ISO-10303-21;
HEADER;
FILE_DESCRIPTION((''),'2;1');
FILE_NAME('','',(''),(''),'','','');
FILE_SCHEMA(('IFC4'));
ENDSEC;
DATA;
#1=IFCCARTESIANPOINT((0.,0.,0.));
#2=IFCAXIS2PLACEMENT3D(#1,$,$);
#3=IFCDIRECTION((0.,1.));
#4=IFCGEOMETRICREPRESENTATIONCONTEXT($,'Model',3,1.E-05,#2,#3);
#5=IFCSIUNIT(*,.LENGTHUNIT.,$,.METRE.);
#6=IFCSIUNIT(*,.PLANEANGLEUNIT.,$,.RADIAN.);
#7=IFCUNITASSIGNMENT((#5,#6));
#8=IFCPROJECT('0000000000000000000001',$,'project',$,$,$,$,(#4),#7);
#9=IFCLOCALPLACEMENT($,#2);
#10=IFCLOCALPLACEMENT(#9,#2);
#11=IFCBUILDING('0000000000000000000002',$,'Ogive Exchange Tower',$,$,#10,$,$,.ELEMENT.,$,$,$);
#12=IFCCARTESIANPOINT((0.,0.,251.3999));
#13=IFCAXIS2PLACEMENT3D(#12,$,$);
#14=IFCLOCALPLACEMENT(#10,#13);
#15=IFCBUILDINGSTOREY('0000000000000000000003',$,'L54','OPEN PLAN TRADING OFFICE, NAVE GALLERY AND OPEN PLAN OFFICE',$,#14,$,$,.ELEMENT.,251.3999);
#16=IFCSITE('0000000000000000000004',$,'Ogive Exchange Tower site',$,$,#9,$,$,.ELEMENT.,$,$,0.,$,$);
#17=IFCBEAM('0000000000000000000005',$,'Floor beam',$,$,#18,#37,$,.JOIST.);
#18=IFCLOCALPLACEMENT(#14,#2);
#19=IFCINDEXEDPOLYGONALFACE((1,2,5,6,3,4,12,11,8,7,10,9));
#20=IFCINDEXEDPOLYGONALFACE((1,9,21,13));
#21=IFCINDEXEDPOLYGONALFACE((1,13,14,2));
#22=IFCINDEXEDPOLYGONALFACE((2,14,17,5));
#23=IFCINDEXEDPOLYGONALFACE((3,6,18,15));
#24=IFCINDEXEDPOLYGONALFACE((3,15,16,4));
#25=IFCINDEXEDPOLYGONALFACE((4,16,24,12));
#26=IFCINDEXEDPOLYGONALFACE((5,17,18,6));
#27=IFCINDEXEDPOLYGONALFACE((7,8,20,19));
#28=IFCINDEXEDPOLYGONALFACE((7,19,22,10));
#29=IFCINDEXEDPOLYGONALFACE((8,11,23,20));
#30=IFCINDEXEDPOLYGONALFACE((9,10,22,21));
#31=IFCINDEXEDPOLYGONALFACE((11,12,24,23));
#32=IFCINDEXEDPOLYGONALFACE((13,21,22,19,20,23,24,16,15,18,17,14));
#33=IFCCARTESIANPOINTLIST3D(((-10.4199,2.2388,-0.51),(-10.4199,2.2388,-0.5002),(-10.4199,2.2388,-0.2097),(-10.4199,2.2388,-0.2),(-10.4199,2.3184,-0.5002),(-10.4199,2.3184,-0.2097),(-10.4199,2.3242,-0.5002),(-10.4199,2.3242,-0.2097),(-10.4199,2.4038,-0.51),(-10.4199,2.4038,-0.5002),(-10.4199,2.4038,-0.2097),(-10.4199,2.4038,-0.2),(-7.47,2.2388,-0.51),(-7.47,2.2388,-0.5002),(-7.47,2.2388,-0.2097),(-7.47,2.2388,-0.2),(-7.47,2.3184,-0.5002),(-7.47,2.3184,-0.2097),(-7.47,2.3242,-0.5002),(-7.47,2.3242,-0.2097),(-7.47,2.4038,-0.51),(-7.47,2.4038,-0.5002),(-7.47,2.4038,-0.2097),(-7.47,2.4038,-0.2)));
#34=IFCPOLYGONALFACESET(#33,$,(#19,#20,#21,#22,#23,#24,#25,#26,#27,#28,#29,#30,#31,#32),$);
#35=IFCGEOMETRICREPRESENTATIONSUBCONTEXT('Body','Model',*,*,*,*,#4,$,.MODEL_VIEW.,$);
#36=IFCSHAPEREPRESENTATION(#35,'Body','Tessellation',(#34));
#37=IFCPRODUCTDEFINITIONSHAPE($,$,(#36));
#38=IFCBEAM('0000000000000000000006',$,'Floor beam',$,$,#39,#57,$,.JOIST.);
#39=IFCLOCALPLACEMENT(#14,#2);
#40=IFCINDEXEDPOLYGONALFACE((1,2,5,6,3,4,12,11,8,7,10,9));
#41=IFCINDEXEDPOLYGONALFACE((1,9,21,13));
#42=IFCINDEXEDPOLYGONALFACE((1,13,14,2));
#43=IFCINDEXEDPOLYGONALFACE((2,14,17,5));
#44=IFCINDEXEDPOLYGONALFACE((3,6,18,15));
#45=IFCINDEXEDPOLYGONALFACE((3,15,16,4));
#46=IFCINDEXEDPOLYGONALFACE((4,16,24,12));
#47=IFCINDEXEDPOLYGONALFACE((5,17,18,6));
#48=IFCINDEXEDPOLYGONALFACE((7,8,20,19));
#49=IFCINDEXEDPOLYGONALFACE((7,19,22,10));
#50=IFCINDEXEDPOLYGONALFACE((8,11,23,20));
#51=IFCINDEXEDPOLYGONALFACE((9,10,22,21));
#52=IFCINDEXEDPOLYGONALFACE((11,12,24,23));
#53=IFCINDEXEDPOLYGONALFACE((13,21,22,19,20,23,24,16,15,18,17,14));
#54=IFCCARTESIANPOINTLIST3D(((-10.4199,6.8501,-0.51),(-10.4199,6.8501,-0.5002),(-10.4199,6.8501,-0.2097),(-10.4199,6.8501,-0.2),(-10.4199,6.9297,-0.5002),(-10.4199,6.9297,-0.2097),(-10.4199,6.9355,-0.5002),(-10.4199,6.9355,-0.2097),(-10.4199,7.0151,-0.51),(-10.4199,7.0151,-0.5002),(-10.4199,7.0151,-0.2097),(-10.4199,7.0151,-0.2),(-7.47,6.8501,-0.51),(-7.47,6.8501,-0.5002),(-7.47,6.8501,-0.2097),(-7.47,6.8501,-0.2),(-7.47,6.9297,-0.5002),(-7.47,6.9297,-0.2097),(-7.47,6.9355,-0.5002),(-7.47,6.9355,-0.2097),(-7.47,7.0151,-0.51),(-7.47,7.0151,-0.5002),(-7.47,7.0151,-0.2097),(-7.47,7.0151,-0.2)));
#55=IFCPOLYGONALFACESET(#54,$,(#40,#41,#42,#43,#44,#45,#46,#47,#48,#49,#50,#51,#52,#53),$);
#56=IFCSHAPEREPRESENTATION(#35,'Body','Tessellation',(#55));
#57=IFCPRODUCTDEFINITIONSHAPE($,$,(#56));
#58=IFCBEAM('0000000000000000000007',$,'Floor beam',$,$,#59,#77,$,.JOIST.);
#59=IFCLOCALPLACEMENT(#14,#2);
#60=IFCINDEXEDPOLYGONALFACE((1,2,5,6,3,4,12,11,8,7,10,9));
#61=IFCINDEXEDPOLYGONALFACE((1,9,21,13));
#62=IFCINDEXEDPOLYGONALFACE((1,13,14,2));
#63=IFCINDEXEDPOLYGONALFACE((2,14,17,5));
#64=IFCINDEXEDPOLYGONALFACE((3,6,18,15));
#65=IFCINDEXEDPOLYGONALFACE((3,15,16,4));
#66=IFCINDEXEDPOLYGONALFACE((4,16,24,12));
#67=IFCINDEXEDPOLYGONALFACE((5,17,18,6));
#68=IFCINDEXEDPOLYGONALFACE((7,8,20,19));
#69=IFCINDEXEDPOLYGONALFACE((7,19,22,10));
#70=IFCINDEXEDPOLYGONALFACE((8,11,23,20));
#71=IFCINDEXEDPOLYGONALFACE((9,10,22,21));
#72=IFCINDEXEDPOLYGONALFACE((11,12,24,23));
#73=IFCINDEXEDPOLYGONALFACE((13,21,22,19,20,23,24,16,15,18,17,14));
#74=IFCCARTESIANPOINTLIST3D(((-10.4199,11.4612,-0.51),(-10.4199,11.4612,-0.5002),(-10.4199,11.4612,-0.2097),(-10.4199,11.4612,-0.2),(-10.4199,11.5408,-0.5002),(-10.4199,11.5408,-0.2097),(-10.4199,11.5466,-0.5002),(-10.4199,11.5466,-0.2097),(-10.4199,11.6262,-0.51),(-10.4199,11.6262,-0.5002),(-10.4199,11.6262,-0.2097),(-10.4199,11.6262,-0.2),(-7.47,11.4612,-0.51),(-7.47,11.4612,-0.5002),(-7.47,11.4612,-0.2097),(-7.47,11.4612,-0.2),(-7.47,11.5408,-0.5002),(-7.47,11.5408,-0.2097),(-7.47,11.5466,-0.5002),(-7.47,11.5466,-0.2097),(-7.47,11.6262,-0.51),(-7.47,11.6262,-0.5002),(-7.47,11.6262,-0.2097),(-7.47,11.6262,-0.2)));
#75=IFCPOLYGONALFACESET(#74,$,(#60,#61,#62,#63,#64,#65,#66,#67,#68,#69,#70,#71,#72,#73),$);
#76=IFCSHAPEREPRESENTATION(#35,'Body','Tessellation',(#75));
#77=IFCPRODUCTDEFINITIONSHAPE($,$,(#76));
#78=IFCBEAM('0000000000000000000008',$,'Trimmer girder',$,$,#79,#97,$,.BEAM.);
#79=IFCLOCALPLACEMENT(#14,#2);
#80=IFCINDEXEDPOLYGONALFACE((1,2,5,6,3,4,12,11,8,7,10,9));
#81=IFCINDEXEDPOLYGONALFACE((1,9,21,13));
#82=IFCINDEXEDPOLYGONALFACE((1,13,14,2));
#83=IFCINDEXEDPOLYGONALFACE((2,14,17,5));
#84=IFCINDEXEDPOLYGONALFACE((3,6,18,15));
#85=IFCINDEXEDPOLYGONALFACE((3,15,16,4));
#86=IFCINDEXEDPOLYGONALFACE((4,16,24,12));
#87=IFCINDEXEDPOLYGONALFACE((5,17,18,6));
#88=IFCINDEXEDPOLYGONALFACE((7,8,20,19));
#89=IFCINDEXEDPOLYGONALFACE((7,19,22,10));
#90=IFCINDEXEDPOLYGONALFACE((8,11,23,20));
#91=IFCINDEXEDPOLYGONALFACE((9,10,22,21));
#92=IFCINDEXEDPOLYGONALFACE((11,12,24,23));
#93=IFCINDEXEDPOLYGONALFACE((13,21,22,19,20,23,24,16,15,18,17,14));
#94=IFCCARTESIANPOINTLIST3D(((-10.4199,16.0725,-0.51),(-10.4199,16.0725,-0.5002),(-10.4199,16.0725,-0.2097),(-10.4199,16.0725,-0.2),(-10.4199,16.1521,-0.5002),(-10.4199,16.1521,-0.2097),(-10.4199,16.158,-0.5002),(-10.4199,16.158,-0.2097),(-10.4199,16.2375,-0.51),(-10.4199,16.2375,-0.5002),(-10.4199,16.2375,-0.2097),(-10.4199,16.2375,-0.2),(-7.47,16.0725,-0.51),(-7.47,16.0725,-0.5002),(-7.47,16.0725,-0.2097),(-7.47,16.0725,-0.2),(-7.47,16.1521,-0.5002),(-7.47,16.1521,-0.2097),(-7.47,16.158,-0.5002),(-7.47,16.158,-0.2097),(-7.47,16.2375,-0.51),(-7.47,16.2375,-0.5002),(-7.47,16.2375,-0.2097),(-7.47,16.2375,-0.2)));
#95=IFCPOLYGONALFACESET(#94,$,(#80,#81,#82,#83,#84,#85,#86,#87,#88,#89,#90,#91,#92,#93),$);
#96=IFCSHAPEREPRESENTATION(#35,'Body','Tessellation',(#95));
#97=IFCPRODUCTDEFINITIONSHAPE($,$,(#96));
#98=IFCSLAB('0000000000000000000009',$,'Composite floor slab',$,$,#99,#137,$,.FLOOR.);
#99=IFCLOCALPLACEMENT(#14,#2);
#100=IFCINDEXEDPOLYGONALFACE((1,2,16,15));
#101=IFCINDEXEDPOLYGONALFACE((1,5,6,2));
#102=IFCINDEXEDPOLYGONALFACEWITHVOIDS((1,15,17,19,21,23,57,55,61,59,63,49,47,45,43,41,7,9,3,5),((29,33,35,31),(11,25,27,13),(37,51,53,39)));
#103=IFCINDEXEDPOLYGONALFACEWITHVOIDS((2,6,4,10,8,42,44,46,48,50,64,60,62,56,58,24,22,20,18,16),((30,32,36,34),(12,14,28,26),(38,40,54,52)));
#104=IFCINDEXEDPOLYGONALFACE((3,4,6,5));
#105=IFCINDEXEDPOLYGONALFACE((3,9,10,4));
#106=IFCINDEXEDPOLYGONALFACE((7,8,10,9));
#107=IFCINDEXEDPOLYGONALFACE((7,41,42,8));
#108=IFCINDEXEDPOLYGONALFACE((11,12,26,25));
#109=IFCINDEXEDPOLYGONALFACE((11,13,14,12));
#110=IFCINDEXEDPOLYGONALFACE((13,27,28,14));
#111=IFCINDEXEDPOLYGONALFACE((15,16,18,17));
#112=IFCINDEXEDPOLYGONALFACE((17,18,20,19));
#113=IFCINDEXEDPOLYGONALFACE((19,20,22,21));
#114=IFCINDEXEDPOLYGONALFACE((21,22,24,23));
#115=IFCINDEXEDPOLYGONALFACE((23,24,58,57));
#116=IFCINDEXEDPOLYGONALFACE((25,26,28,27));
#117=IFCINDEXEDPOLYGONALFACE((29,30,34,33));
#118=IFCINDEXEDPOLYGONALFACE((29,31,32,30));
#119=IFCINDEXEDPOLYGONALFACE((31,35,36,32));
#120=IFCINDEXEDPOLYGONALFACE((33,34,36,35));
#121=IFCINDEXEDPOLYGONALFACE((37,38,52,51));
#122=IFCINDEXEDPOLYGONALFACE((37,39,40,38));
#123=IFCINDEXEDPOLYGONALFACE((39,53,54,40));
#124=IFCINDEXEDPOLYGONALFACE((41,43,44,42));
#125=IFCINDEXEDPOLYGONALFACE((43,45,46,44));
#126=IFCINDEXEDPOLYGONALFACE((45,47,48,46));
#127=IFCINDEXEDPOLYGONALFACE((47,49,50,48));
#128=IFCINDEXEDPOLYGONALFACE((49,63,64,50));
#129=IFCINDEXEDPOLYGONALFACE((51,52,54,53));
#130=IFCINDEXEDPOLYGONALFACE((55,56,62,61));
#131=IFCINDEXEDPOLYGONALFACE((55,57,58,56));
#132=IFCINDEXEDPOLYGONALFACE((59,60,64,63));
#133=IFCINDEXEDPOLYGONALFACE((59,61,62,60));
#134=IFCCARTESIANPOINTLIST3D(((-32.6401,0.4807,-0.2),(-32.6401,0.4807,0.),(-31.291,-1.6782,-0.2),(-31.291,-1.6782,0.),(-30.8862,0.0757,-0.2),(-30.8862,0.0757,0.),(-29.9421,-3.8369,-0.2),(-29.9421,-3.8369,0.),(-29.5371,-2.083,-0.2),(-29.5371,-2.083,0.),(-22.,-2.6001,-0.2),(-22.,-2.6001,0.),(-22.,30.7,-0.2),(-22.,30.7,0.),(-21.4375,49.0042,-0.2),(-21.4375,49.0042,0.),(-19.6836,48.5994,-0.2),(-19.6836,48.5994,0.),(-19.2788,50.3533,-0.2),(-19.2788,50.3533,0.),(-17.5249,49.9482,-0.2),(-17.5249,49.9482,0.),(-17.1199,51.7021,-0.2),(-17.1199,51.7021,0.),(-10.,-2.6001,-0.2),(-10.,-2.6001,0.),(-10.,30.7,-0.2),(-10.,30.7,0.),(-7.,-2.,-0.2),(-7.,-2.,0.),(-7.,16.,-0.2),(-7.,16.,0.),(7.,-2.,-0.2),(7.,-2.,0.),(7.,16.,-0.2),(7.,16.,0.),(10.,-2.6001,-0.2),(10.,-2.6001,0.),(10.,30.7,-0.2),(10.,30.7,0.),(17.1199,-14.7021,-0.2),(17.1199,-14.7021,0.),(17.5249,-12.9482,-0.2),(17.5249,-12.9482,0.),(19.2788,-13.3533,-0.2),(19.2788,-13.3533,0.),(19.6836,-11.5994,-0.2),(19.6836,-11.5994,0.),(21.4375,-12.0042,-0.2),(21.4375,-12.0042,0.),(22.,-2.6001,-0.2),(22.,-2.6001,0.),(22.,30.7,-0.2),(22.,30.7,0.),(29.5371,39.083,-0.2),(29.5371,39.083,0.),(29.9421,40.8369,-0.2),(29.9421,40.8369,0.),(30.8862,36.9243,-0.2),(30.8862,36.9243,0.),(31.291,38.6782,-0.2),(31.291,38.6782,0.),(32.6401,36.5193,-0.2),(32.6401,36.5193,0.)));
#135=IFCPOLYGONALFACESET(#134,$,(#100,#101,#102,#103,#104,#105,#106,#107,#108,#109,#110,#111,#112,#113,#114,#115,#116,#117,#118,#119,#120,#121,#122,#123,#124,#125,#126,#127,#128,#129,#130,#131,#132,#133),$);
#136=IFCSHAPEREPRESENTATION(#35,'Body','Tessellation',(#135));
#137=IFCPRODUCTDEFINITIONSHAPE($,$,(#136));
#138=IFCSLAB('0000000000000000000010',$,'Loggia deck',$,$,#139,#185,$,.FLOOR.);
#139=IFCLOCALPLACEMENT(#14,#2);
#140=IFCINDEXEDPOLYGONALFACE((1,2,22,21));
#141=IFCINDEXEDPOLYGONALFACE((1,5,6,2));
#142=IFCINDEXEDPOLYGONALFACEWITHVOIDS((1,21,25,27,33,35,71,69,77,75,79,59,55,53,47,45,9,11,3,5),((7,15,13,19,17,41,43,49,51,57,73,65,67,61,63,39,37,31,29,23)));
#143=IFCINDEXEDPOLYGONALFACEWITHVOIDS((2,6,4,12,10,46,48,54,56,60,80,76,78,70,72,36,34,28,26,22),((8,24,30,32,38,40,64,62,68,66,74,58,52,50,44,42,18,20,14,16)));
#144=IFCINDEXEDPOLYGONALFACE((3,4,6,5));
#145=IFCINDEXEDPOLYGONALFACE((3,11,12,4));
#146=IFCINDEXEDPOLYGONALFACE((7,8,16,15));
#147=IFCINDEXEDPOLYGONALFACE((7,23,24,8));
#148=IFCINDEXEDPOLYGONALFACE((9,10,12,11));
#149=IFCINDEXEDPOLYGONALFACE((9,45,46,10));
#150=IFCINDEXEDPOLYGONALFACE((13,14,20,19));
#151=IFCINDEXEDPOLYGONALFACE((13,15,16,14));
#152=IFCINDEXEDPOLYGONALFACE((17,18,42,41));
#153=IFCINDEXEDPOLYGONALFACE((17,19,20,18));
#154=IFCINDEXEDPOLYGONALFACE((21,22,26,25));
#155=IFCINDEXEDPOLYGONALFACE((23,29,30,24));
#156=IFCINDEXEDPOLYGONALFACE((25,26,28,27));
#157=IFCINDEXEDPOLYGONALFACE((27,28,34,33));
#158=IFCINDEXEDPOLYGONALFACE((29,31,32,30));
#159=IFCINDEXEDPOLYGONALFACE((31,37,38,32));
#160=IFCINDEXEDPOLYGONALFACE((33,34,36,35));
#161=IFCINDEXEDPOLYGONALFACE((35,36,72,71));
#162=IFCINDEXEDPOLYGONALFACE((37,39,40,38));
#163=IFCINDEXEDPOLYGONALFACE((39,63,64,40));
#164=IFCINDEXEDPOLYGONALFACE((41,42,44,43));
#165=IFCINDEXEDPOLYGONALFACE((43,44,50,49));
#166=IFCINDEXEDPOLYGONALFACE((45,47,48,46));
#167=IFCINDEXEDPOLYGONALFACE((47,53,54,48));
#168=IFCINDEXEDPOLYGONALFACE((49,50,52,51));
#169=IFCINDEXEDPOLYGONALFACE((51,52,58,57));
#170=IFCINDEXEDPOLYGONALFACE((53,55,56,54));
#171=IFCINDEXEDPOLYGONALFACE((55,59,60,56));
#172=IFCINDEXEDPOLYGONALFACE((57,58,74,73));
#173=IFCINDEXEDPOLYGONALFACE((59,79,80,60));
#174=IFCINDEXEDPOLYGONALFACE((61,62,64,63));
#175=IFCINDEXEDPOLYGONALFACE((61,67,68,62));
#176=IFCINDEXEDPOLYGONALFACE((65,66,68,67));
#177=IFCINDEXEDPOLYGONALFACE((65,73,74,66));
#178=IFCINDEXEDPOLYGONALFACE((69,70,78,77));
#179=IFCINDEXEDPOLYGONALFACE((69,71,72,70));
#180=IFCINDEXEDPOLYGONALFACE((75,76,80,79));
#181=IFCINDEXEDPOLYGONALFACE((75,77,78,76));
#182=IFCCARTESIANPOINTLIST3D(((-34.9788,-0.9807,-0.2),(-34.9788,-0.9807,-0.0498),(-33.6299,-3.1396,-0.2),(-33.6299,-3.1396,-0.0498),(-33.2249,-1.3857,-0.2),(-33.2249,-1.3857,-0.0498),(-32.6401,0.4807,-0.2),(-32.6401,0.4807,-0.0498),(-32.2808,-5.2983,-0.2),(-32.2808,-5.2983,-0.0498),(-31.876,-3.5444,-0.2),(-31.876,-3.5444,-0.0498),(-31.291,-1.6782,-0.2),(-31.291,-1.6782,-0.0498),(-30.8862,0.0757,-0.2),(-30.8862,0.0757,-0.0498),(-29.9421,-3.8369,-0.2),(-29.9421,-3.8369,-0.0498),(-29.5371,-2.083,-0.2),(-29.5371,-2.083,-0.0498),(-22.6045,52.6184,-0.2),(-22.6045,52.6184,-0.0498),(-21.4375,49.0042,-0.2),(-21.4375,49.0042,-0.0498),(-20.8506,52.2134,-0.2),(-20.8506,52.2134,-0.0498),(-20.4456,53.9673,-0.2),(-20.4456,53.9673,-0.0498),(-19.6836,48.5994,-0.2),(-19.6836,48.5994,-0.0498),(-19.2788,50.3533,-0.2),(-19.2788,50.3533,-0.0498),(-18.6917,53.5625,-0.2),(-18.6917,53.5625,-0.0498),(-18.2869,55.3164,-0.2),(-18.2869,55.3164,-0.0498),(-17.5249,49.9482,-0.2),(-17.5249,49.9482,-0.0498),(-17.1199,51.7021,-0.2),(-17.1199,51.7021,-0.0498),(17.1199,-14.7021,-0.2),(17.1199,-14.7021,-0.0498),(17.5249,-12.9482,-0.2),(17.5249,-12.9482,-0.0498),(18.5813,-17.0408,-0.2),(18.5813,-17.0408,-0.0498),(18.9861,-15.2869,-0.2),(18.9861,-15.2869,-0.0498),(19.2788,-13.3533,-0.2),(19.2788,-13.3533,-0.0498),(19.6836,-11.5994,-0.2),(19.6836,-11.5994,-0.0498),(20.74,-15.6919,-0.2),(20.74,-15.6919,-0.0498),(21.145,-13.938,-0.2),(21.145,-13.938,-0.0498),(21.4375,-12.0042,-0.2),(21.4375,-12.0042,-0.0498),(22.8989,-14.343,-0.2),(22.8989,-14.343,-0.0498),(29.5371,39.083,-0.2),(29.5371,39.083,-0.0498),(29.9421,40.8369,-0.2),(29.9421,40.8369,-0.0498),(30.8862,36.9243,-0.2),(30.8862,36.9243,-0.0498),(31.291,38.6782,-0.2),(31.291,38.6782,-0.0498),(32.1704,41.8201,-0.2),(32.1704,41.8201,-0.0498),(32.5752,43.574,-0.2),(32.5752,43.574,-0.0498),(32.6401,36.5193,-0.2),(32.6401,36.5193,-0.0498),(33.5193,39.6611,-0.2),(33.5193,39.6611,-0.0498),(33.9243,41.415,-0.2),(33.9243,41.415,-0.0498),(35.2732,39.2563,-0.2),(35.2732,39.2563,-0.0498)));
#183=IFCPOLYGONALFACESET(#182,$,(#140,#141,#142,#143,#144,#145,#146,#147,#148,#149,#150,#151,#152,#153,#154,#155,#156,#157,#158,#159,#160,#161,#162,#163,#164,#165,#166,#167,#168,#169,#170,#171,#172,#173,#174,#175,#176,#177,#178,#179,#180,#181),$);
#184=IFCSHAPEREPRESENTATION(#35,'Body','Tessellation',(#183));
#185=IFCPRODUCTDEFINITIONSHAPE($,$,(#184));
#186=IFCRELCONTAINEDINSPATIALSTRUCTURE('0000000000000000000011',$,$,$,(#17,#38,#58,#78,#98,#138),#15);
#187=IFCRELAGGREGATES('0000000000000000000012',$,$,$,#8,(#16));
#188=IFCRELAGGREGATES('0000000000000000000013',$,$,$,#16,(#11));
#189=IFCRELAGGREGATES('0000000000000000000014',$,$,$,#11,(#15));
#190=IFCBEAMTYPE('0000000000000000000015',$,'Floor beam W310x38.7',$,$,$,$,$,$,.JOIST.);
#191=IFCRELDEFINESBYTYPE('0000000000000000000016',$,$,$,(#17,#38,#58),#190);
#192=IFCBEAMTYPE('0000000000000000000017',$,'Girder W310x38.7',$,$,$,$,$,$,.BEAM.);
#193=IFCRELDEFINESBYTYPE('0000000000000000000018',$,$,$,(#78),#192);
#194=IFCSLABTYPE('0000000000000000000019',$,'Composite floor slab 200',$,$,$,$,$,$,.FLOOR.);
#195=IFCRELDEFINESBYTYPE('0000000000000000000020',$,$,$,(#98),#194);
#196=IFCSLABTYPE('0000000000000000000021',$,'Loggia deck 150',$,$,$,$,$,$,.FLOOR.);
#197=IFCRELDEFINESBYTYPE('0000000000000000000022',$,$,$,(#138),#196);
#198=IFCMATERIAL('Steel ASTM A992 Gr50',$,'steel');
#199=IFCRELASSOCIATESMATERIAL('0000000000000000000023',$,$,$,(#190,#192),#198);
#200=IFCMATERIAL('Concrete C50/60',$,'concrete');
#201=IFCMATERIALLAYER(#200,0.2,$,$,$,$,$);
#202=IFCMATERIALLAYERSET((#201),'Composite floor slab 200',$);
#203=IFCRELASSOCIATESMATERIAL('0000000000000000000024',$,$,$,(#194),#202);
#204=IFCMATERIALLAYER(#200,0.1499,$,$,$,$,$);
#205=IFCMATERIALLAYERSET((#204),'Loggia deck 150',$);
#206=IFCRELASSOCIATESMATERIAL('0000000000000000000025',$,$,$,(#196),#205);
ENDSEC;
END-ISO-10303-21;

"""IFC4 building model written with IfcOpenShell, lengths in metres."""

from ifc_helpers import new_model, si_unit, direction, frame, origin, origin_2d, place, context, subcontext, project, spatial, polyline, i_section, outline, extrude, material, layer, layer_set, material_profile, profile_set, type_object, element, save


model = new_model("IFC4")

# Units and contexts
model_context = context("Model", 3, precision=1e-05, world=origin(), true_north=direction((0.0, 1.0)))
body_context = subcontext(model_context, "Body", "Model", "MODEL_VIEW")
ifc_project = project(units=[si_unit("LENGTHUNIT", "METRE"), si_unit("PLANEANGLEUNIT", "RADIAN")], contexts=[model_context])

# Site, building, storey
site_placement = place(None, origin())
site = spatial("IfcSite", under=ifc_project, at=site_placement, Name="Ogive Exchange Tower site", CompositionType="ELEMENT", RefElevation=0.0)
building_placement = place(site_placement, origin())
building = spatial("IfcBuilding", under=site, at=building_placement, Name="Ogive Exchange Tower", CompositionType="ELEMENT")
storey_placement = place(building_placement, frame((0.0, 0.0, 251.3999)))
storey = spatial("IfcBuildingStorey", under=building, at=storey_placement, Name="L54", Description="OPEN PLAN TRADING OFFICE, NAVE GALLERY AND OPEN PLAN OFFICE", CompositionType="ELEMENT", Elevation=251.3999)

# Beams
ifc_material_1 = material(Name="Steel ASTM A992 Gr50", Category="steel")
ifc_material_profile_1 = material_profile(ifc_material_1, i_section(OverallWidth=0.165, OverallDepth=0.3101, WebThickness=0.0059, FlangeThickness=0.0098, at=origin_2d()), Name="W310x38.7")
ifc_profile_set_1 = profile_set([ifc_material_profile_1], Name="Steel ASTM A992 Gr50")
beam_type_1 = type_object("IfcBeamType", Name="Floor beam W310x38.7", PredefinedType="JOIST", material=ifc_profile_set_1)
for number, where, z_axis, x_axis, name in (
    (1, (-10.4199, 2.3213, -0.355), (1.0, 0.0, 0.0), (0.0, 1.0, 0.0), "Floor beam"),
    (2, (-10.4199, 6.9326, -0.355), (1.0, 0.0, 0.0), (0.0, 1.0, 0.0), "Floor beam"),
    (3, (-10.4199, 11.5437, -0.355), (1.0, 0.0, 0.0), (0.0, 1.0, 0.0), "Floor beam"),
):
    element("IfcBeam", number, at=place(storey_placement, frame(where, z_axis=z_axis, x_axis=x_axis)), inside=storey, type_object=beam_type_1, Name=name, PredefinedType="JOIST", context=body_context, shape_type="SweptSolid", body=[
        extrude(i_section(OverallWidth=0.165, OverallDepth=0.3101, WebThickness=0.0059, FlangeThickness=0.0098, at=origin_2d()), origin(), (0.0, 0.0, 1.0), 2.95),
    ])
ifc_material_profile_2 = material_profile(ifc_material_1, i_section(OverallWidth=0.165, OverallDepth=0.3101, WebThickness=0.0059, FlangeThickness=0.0098, at=origin_2d()), Name="W310x38.7")
ifc_profile_set_2 = profile_set([ifc_material_profile_2], Name="Steel ASTM A992 Gr50")
beam_type_2 = type_object("IfcBeamType", Name="Girder W310x38.7", PredefinedType="BEAM", material=ifc_profile_set_2)
beam_placement = place(storey_placement, frame((-10.4199, 16.155, -0.355), z_axis=(1.0, 0.0, 0.0), x_axis=(0.0, 1.0, 0.0)))
element("IfcBeam", 4, at=beam_placement, inside=storey, type_object=beam_type_2, Name="Trimmer girder", PredefinedType="BEAM", context=body_context, shape_type="SweptSolid", body=[
    extrude(i_section(OverallWidth=0.165, OverallDepth=0.3101, WebThickness=0.0059, FlangeThickness=0.0098, at=origin_2d()), origin(), (0.0, 0.0, 1.0), 2.95),
])

# Slabs
ifc_material_2 = material(Name="Concrete C50/60", Category="concrete")
ifc_layer_1 = layer(ifc_material_2, 0.2)
ifc_layer_set_1 = layer_set([ifc_layer_1], Name="Composite floor slab 200")
slab_type_1 = type_object("IfcSlabType", Name="Composite floor slab 200", PredefinedType="FLOOR", material=ifc_layer_set_1)
slab_1_placement = place(storey_placement, frame((0.0, 0.0, -0.2)))
element("IfcSlab", 5, at=slab_1_placement, inside=storey, type_object=slab_type_1, Name="Composite floor slab", PredefinedType="FLOOR", context=body_context, shape_type="SweptSolid", body=[
    extrude(outline(polyline([(-29.5371, -2.083), (-31.291, -1.6782), (-30.8862, 0.0757), (-32.6401, 0.4807), (-21.4375, 49.0042), (-19.6836, 48.5994), (-19.2788, 50.3533), (-17.5249, 49.9482), (-17.1199, 51.7021), (29.9421, 40.8369), (29.5371, 39.083), (31.291, 38.6782), (30.8862, 36.9243), (32.6401, 36.5193), (21.4375, -12.0042), (19.6836, -11.5994), (19.2788, -13.3533), (17.5249, -12.9482), (17.1199, -14.7021), (-29.9421, -3.8369), (-29.5371, -2.083)]), holes=[polyline([(7.0, -2.0), (7.0, 16.0), (-7.0, 16.0), (-7.0, -2.0), (7.0, -2.0)]), polyline([(-22.0, -2.6001), (-10.0, -2.6001), (-10.0, 30.7), (-22.0, 30.7), (-22.0, -2.6001)]), polyline([(10.0, -2.6001), (22.0, -2.6001), (22.0, 30.7), (10.0, 30.7), (10.0, -2.6001)])]), origin(), (0.0, 0.0, 1.0), 0.2),
])
ifc_layer_2 = layer(ifc_material_2, 0.1499)
ifc_layer_set_2 = layer_set([ifc_layer_2], Name="Loggia deck 150")
slab_type_2 = type_object("IfcSlabType", Name="Loggia deck 150", PredefinedType="FLOOR", material=ifc_layer_set_2)
slab_2_placement = place(storey_placement, frame((0.0, 0.0, -0.2)))
element("IfcSlab", 6, at=slab_2_placement, inside=storey, type_object=slab_type_2, Name="Loggia deck", PredefinedType="FLOOR", context=body_context, shape_type="SweptSolid", body=[
    extrude(outline(polyline([(-31.876, -3.5444), (-33.6299, -3.1396), (-33.2249, -1.3857), (-34.9788, -0.9807), (-22.6045, 52.6184), (-20.8506, 52.2134), (-20.4456, 53.9673), (-18.6917, 53.5625), (-18.2869, 55.3164), (32.5752, 43.574), (32.1704, 41.8201), (33.9243, 41.415), (33.5193, 39.6611), (35.2732, 39.2563), (22.8989, -14.343), (21.145, -13.938), (20.74, -15.6919), (18.9861, -15.2869), (18.5813, -17.0408), (-32.2808, -5.2983), (-31.876, -3.5444)]), holes=[polyline([(17.5249, -12.9482), (19.2788, -13.3533), (19.6836, -11.5994), (21.4375, -12.0042), (32.6401, 36.5193), (30.8862, 36.9243), (31.291, 38.6782), (29.5371, 39.083), (29.9421, 40.8369), (-17.1199, 51.7021), (-17.5249, 49.9482), (-19.2788, 50.3533), (-19.6836, 48.5994), (-21.4375, 49.0042), (-32.6401, 0.4807), (-30.8862, 0.0757), (-31.291, -1.6782), (-29.5371, -2.083), (-29.9421, -3.8369), (17.1199, -14.7021), (17.5249, -12.9482)])]), origin(), (0.0, 0.0, 1.0), 0.1501),
])

save(model, "model.ifc")
